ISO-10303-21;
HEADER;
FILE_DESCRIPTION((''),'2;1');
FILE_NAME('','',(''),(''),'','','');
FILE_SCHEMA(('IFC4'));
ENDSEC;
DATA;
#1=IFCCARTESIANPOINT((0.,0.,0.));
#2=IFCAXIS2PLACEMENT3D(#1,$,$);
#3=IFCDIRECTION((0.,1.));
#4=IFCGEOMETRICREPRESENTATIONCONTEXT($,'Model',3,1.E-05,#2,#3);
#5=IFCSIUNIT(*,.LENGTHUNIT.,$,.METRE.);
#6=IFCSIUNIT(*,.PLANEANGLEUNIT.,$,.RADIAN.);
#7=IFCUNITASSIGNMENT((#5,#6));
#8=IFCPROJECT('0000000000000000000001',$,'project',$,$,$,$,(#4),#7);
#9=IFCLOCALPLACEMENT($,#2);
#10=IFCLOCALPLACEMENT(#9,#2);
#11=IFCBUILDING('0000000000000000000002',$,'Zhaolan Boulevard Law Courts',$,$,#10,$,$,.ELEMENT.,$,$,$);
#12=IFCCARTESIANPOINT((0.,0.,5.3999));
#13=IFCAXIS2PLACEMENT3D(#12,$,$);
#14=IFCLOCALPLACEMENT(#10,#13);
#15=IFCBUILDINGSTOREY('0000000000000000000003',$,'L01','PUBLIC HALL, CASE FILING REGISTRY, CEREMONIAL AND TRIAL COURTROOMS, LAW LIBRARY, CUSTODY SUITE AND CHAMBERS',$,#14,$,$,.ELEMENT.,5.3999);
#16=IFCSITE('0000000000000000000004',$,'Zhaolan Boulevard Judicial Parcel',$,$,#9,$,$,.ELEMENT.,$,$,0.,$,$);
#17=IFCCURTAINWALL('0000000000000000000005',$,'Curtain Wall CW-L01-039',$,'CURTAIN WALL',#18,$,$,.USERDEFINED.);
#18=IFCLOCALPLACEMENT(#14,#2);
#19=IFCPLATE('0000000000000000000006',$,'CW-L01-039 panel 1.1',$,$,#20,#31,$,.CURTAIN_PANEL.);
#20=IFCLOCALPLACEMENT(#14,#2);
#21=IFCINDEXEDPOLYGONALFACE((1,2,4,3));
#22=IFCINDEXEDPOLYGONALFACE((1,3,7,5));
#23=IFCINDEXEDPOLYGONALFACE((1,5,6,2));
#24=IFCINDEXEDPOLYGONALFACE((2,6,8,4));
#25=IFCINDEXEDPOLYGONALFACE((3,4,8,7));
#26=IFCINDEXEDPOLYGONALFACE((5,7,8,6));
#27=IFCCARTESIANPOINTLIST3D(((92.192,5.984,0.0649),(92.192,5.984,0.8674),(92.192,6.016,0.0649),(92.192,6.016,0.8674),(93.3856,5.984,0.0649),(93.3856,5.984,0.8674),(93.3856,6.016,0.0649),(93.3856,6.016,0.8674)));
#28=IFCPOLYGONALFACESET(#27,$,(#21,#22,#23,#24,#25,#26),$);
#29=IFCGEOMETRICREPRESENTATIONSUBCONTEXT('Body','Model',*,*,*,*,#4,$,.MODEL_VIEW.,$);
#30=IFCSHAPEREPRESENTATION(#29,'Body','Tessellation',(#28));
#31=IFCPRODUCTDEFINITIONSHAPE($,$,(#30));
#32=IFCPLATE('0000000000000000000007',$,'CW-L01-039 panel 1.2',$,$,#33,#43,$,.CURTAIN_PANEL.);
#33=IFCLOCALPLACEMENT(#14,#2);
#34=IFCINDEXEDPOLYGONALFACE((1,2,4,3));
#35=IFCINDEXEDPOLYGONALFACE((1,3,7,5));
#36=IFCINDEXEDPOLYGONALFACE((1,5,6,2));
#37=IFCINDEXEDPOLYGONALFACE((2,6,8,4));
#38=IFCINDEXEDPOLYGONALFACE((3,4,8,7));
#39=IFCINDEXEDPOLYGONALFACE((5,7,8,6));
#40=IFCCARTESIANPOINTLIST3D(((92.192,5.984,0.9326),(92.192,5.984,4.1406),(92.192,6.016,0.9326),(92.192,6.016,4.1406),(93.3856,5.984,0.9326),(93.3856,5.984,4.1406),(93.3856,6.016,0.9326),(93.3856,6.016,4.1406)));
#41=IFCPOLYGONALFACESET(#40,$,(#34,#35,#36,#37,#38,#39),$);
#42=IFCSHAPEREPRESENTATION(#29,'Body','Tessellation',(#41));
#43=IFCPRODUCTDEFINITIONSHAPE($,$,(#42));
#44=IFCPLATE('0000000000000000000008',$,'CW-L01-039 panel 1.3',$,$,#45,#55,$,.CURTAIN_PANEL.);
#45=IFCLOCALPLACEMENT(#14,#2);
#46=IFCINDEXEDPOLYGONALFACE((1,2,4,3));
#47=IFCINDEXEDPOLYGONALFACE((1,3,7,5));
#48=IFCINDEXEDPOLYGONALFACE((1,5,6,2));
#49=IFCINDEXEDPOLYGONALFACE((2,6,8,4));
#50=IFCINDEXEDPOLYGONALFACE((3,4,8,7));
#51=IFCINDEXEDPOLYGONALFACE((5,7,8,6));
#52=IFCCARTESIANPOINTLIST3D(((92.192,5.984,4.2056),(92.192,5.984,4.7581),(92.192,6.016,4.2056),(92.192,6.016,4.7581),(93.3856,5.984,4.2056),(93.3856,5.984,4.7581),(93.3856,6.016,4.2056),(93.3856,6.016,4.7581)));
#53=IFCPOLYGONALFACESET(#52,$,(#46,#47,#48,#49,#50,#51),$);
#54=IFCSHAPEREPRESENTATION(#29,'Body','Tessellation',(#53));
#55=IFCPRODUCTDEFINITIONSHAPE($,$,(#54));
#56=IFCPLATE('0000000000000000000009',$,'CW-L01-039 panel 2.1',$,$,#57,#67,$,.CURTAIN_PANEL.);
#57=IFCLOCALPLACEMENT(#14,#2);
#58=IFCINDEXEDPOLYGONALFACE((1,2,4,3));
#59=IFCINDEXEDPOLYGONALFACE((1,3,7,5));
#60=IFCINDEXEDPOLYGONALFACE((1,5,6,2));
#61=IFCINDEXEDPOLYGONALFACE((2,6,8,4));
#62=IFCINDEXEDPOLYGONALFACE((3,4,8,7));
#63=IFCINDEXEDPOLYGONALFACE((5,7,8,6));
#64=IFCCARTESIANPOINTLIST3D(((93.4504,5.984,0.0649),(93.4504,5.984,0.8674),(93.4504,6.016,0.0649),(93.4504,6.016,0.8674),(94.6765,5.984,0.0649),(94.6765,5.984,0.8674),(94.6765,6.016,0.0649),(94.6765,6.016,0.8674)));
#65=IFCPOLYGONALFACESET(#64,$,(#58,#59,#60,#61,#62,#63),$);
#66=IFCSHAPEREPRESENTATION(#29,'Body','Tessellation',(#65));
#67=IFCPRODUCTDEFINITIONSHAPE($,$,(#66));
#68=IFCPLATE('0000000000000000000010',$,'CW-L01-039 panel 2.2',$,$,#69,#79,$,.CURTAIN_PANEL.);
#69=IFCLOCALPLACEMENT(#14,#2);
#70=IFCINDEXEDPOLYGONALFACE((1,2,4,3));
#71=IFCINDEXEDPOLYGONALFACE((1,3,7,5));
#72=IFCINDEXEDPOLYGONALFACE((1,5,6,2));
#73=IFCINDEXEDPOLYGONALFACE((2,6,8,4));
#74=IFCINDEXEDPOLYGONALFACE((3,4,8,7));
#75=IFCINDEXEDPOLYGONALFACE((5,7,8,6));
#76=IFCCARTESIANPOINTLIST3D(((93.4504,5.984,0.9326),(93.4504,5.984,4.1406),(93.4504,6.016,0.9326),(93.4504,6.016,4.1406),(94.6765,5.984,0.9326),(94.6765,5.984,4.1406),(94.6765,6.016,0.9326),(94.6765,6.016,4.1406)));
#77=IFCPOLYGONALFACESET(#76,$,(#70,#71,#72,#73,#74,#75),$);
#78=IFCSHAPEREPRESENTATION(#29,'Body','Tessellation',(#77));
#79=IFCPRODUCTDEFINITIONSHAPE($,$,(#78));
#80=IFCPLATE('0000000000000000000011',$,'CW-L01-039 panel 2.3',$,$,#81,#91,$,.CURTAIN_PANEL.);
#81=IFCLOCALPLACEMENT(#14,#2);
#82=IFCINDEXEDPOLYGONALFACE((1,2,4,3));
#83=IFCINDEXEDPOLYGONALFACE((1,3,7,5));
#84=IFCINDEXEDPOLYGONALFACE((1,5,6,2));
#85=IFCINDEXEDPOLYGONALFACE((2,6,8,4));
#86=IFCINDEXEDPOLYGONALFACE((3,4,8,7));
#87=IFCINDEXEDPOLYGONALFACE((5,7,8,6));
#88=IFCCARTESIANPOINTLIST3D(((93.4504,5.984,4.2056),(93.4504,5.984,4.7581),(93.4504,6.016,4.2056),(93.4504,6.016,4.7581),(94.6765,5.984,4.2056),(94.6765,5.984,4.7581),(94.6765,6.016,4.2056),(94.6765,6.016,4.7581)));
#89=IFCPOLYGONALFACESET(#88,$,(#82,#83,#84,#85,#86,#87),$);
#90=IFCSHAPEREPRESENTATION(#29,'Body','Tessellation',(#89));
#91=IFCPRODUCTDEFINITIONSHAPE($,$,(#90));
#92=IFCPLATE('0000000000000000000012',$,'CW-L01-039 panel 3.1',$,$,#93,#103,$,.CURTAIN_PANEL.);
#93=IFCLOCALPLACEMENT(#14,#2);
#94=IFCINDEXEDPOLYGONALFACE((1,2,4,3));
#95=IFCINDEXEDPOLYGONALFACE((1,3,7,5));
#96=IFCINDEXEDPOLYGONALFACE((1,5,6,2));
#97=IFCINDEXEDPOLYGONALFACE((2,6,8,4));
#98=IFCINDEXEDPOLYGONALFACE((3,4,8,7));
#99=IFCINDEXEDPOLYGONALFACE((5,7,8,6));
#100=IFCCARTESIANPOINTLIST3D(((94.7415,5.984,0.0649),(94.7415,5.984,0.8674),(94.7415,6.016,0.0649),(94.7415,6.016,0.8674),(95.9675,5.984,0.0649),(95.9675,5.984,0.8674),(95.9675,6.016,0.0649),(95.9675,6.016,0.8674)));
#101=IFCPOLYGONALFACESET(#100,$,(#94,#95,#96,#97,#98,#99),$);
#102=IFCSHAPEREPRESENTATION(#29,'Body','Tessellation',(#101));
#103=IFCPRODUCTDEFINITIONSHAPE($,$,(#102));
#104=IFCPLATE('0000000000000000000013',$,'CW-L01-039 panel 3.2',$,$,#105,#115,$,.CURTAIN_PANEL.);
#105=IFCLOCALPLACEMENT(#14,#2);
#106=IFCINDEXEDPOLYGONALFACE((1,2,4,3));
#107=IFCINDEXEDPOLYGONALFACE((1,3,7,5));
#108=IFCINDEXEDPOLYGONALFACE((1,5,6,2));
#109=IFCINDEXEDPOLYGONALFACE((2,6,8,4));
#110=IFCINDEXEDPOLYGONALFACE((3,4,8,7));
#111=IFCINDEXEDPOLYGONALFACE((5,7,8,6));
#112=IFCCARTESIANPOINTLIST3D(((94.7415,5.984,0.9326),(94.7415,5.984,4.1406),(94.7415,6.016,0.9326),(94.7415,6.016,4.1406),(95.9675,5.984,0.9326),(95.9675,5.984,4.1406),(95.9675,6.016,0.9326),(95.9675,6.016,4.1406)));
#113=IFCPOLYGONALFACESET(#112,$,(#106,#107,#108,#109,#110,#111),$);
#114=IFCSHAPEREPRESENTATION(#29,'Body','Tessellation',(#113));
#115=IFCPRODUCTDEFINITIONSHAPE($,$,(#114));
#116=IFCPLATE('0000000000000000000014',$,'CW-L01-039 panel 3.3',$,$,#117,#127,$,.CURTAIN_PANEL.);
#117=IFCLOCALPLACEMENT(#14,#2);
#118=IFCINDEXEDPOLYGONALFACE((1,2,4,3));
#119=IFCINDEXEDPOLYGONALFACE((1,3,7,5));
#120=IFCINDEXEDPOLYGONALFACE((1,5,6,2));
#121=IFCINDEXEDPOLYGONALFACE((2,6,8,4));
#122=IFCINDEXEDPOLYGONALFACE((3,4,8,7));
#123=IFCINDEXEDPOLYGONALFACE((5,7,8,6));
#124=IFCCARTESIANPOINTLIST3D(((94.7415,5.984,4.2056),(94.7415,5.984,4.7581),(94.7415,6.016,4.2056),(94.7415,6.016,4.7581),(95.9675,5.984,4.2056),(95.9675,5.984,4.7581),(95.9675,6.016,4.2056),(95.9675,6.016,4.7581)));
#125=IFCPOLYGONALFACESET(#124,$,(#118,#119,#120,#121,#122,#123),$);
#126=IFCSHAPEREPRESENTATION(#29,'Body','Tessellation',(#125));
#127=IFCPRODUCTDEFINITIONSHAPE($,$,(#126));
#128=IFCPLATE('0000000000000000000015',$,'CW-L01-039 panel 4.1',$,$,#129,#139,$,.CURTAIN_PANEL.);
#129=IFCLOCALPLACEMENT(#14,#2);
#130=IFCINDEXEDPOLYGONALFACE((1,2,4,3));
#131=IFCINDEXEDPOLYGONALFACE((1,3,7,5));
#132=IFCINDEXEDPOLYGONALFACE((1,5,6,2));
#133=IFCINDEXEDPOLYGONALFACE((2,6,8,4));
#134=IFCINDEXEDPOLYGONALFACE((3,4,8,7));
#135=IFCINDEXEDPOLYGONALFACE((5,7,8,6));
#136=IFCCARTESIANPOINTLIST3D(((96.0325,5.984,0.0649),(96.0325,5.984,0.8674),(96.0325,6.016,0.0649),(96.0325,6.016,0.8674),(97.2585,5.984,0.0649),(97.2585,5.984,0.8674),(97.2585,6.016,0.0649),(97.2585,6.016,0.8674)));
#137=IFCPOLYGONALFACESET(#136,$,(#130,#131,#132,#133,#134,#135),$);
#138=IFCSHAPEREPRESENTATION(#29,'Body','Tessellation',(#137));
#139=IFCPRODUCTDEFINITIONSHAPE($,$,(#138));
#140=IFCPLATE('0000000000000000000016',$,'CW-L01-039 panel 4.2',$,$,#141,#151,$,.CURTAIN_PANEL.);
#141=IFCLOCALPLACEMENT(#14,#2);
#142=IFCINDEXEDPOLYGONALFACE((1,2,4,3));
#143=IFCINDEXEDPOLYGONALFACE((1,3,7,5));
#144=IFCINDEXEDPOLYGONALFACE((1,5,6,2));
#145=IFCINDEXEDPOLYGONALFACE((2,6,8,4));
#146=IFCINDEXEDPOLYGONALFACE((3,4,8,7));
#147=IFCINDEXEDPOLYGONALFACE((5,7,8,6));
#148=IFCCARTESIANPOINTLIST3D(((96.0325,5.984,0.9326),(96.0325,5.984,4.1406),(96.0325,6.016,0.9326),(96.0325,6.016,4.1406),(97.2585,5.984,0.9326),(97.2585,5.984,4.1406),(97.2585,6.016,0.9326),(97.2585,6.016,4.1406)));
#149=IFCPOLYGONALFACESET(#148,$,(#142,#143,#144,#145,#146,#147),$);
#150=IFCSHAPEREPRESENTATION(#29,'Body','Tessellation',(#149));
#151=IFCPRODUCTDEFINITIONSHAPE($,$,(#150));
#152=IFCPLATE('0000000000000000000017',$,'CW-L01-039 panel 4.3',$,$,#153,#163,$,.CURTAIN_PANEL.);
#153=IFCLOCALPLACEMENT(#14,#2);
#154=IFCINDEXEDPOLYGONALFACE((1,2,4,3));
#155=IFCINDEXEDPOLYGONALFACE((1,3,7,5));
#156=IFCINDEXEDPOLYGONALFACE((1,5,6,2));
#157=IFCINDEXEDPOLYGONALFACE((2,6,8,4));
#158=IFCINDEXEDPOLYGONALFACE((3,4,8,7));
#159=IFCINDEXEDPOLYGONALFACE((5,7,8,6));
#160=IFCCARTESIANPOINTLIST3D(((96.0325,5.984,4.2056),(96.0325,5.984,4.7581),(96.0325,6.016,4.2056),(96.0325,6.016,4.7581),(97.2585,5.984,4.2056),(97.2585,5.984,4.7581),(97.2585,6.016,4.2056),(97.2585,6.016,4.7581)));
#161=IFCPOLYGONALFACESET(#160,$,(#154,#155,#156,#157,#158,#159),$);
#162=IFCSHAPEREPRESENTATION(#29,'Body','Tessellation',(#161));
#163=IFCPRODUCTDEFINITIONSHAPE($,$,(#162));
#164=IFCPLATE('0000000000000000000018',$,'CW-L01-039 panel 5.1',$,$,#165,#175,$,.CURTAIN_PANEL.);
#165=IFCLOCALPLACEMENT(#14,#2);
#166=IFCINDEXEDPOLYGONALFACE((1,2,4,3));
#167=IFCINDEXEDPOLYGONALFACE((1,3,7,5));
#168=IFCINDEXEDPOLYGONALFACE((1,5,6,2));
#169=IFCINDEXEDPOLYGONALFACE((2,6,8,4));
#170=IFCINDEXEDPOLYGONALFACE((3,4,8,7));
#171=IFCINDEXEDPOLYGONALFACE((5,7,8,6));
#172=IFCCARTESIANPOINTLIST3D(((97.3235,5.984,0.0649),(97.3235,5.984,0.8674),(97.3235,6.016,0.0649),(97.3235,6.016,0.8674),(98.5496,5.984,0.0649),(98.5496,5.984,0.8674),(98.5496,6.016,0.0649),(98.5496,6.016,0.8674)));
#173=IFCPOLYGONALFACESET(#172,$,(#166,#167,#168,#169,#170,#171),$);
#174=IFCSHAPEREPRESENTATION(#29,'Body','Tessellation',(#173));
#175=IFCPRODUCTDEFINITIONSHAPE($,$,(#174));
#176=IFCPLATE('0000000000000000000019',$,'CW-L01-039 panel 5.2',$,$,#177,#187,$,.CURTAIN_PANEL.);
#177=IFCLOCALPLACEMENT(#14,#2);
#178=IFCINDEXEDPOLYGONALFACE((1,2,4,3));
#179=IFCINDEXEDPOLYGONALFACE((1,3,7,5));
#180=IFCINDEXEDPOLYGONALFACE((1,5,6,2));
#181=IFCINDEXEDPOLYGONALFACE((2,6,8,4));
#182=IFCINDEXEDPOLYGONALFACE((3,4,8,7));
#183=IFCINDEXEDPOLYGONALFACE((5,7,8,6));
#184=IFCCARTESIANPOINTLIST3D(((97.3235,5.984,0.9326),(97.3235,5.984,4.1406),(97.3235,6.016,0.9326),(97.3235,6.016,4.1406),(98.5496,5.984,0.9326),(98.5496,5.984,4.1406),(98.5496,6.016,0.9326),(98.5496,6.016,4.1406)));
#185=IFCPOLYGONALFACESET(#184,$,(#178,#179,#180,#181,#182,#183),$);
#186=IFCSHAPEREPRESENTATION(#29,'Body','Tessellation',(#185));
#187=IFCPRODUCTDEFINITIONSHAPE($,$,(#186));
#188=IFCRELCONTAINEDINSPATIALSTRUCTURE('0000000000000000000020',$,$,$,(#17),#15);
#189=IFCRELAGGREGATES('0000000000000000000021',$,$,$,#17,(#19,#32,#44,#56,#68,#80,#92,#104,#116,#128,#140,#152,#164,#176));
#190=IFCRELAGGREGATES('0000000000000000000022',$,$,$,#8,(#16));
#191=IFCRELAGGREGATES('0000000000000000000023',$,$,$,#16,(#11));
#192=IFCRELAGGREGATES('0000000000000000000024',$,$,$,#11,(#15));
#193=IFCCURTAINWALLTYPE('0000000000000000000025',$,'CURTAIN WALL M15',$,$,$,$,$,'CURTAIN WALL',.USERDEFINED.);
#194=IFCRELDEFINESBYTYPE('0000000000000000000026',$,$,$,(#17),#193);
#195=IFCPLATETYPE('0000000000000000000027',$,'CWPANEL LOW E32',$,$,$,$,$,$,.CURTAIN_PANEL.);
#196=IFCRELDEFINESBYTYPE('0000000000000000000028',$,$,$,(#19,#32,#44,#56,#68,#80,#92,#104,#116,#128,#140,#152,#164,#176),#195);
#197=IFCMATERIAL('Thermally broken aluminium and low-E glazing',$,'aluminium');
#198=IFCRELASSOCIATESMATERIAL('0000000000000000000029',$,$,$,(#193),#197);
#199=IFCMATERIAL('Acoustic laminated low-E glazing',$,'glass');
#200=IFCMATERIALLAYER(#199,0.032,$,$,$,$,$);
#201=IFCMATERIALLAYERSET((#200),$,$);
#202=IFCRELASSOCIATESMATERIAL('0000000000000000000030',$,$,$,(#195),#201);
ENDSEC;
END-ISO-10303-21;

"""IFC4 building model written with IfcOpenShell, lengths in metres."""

from ifc_helpers import new_model, si_unit, direction, frame, origin, origin_2d, place, context, subcontext, project, spatial, rectangle, extrude, material, layer, layer_set, type_object, element, aggregate, save


model = new_model("IFC4")

# Units and contexts
model_context = context("Model", 3, precision=1e-05, world=origin(), true_north=direction((0.0, 1.0)))
body_context = subcontext(model_context, "Body", "Model", "MODEL_VIEW")
ifc_project = project(units=[si_unit("LENGTHUNIT", "METRE"), si_unit("PLANEANGLEUNIT", "RADIAN")], contexts=[model_context])

# Site, building, storey
site_placement = place(None, origin())
site = spatial("IfcSite", under=ifc_project, at=site_placement, Name="Zhaolan Boulevard Judicial Parcel", CompositionType="ELEMENT", RefElevation=0.0)
building_placement = place(site_placement, origin())
building = spatial("IfcBuilding", under=site, at=building_placement, Name="Zhaolan Boulevard Law Courts", CompositionType="ELEMENT")
storey_placement = place(building_placement, frame((0.0, 0.0, 5.3999)))
storey = spatial("IfcBuildingStorey", under=building, at=storey_placement, Name="L01", Description="PUBLIC HALL, CASE FILING REGISTRY, CEREMONIAL AND TRIAL COURTROOMS, LAW LIBRARY, CUSTODY SUITE AND CHAMBERS", CompositionType="ELEMENT", Elevation=5.3999)

# Curtain wall
ifc_material_1 = material(Name="Thermally broken aluminium and low-E glazing", Category="aluminium")
curtain_wall_type = type_object("IfcCurtainWallType", Name="CURTAIN WALL M15", ElementType="CURTAIN WALL", PredefinedType="USERDEFINED", material=ifc_material_1)
curtain_wall_placement = place(storey_placement, origin())
curtain_wall = element("IfcCurtainWall", 1, at=curtain_wall_placement, inside=storey, type_object=curtain_wall_type, Name="Curtain Wall CW-L01-039", ObjectType="CURTAIN WALL", PredefinedType="USERDEFINED")

# Plates
ifc_material_2 = material(Name="Acoustic laminated low-E glazing", Category="glass")
ifc_layer = layer(ifc_material_2, 0.032)
ifc_layer_set = layer_set([ifc_layer])
plate_type = type_object("IfcPlateType", Name="CWPANEL LOW E32", PredefinedType="CURTAIN_PANEL", material=ifc_layer_set)
plate_1_placement = place(storey_placement, frame((92.7888, 6.0, 0.0649), z_axis=(0.0, 0.0, 1.0), x_axis=(1.0, 0.0, 0.0)))
plate_1 = element("IfcPlate", 2, at=plate_1_placement, type_object=plate_type, Name="CW-L01-039 panel 1.1", PredefinedType="CURTAIN_PANEL", context=body_context, shape_type="SweptSolid", body=[
    extrude(rectangle(XDim=1.1936, YDim=0.032, at=origin_2d()), origin(), (0.0, 0.0, 1.0), 0.8025),
])
plate_2_placement = place(storey_placement, frame((92.7888, 6.0, 0.9326), z_axis=(0.0, 0.0, 1.0), x_axis=(1.0, 0.0, 0.0)))
plate_2 = element("IfcPlate", 3, at=plate_2_placement, type_object=plate_type, Name="CW-L01-039 panel 1.2", PredefinedType="CURTAIN_PANEL", context=body_context, shape_type="SweptSolid", body=[
    extrude(rectangle(XDim=1.1936, YDim=0.032, at=origin_2d()), origin(), (0.0, 0.0, 1.0), 3.208),
])
plate_3_placement = place(storey_placement, frame((92.7888, 6.0, 4.2056), z_axis=(0.0, 0.0, 1.0), x_axis=(1.0, 0.0, 0.0)))
plate_3 = element("IfcPlate", 4, at=plate_3_placement, type_object=plate_type, Name="CW-L01-039 panel 1.3", PredefinedType="CURTAIN_PANEL", context=body_context, shape_type="SweptSolid", body=[
    extrude(rectangle(XDim=1.1936, YDim=0.032, at=origin_2d()), origin(), (0.0, 0.0, 1.0), 0.5525),
])
plate_4_placement = place(storey_placement, frame((94.0635, 6.0, 0.0649), z_axis=(0.0, 0.0, 1.0), x_axis=(1.0, 0.0, 0.0)))
plate_4 = element("IfcPlate", 5, at=plate_4_placement, type_object=plate_type, Name="CW-L01-039 panel 2.1", PredefinedType="CURTAIN_PANEL", context=body_context, shape_type="SweptSolid", body=[
    extrude(rectangle(XDim=1.2261, YDim=0.032, at=origin_2d()), origin(), (0.0, 0.0, 1.0), 0.8025),
])
plate_5_placement = place(storey_placement, frame((94.0635, 6.0, 0.9326), z_axis=(0.0, 0.0, 1.0), x_axis=(1.0, 0.0, 0.0)))
plate_5 = element("IfcPlate", 6, at=plate_5_placement, type_object=plate_type, Name="CW-L01-039 panel 2.2", PredefinedType="CURTAIN_PANEL", context=body_context, shape_type="SweptSolid", body=[
    extrude(rectangle(XDim=1.2261, YDim=0.032, at=origin_2d()), origin(), (0.0, 0.0, 1.0), 3.208),
])
plate_6_placement = place(storey_placement, frame((94.0635, 6.0, 4.2056), z_axis=(0.0, 0.0, 1.0), x_axis=(1.0, 0.0, 0.0)))
plate_6 = element("IfcPlate", 7, at=plate_6_placement, type_object=plate_type, Name="CW-L01-039 panel 2.3", PredefinedType="CURTAIN_PANEL", context=body_context, shape_type="SweptSolid", body=[
    extrude(rectangle(XDim=1.2261, YDim=0.032, at=origin_2d()), origin(), (0.0, 0.0, 1.0), 0.5525),
])
plate_7_placement = place(storey_placement, frame((95.3545, 6.0, 0.0649), z_axis=(0.0, 0.0, 1.0), x_axis=(1.0, 0.0, 0.0)))
plate_7 = element("IfcPlate", 8, at=plate_7_placement, type_object=plate_type, Name="CW-L01-039 panel 3.1", PredefinedType="CURTAIN_PANEL", context=body_context, shape_type="SweptSolid", body=[
    extrude(rectangle(XDim=1.2261, YDim=0.032, at=origin_2d()), origin(), (0.0, 0.0, 1.0), 0.8025),
])
plate_8_placement = place(storey_placement, frame((95.3545, 6.0, 0.9326), z_axis=(0.0, 0.0, 1.0), x_axis=(1.0, 0.0, 0.0)))
plate_8 = element("IfcPlate", 9, at=plate_8_placement, type_object=plate_type, Name="CW-L01-039 panel 3.2", PredefinedType="CURTAIN_PANEL", context=body_context, shape_type="SweptSolid", body=[
    extrude(rectangle(XDim=1.2261, YDim=0.032, at=origin_2d()), origin(), (0.0, 0.0, 1.0), 3.208),
])
plate_9_placement = place(storey_placement, frame((95.3545, 6.0, 4.2056), z_axis=(0.0, 0.0, 1.0), x_axis=(1.0, 0.0, 0.0)))
plate_9 = element("IfcPlate", 10, at=plate_9_placement, type_object=plate_type, Name="CW-L01-039 panel 3.3", PredefinedType="CURTAIN_PANEL", context=body_context, shape_type="SweptSolid", body=[
    extrude(rectangle(XDim=1.2261, YDim=0.032, at=origin_2d()), origin(), (0.0, 0.0, 1.0), 0.5525),
])
plate_10_placement = place(storey_placement, frame((96.6455, 6.0, 0.0649), z_axis=(0.0, 0.0, 1.0), x_axis=(1.0, 0.0, 0.0)))
plate_10 = element("IfcPlate", 11, at=plate_10_placement, type_object=plate_type, Name="CW-L01-039 panel 4.1", PredefinedType="CURTAIN_PANEL", context=body_context, shape_type="SweptSolid", body=[
    extrude(rectangle(XDim=1.2261, YDim=0.032, at=origin_2d()), origin(), (0.0, 0.0, 1.0), 0.8025),
])
plate_11_placement = place(storey_placement, frame((96.6455, 6.0, 0.9326), z_axis=(0.0, 0.0, 1.0), x_axis=(1.0, 0.0, 0.0)))
plate_11 = element("IfcPlate", 12, at=plate_11_placement, type_object=plate_type, Name="CW-L01-039 panel 4.2", PredefinedType="CURTAIN_PANEL", context=body_context, shape_type="SweptSolid", body=[
    extrude(rectangle(XDim=1.2261, YDim=0.032, at=origin_2d()), origin(), (0.0, 0.0, 1.0), 3.208),
])
plate_12_placement = place(storey_placement, frame((96.6455, 6.0, 4.2056), z_axis=(0.0, 0.0, 1.0), x_axis=(1.0, 0.0, 0.0)))
plate_12 = element("IfcPlate", 13, at=plate_12_placement, type_object=plate_type, Name="CW-L01-039 panel 4.3", PredefinedType="CURTAIN_PANEL", context=body_context, shape_type="SweptSolid", body=[
    extrude(rectangle(XDim=1.2261, YDim=0.032, at=origin_2d()), origin(), (0.0, 0.0, 1.0), 0.5525),
])
plate_13_placement = place(storey_placement, frame((97.9365, 6.0, 0.0649), z_axis=(0.0, 0.0, 1.0), x_axis=(1.0, 0.0, 0.0)))
plate_13 = element("IfcPlate", 14, at=plate_13_placement, type_object=plate_type, Name="CW-L01-039 panel 5.1", PredefinedType="CURTAIN_PANEL", context=body_context, shape_type="SweptSolid", body=[
    extrude(rectangle(XDim=1.2261, YDim=0.032, at=origin_2d()), origin(), (0.0, 0.0, 1.0), 0.8025),
])
plate_14_placement = place(storey_placement, frame((97.9365, 6.0, 0.9326), z_axis=(0.0, 0.0, 1.0), x_axis=(1.0, 0.0, 0.0)))
plate_14 = element("IfcPlate", 15, at=plate_14_placement, type_object=plate_type, Name="CW-L01-039 panel 5.2", PredefinedType="CURTAIN_PANEL", context=body_context, shape_type="SweptSolid", body=[
    extrude(rectangle(XDim=1.2261, YDim=0.032, at=origin_2d()), origin(), (0.0, 0.0, 1.0), 3.208),
])
aggregate(curtain_wall, [plate_1, plate_2, plate_3, plate_4, plate_5, plate_6, plate_7, plate_8, plate_9, plate_10, plate_11, plate_12, plate_13, plate_14])

save(model, "model.ifc")
